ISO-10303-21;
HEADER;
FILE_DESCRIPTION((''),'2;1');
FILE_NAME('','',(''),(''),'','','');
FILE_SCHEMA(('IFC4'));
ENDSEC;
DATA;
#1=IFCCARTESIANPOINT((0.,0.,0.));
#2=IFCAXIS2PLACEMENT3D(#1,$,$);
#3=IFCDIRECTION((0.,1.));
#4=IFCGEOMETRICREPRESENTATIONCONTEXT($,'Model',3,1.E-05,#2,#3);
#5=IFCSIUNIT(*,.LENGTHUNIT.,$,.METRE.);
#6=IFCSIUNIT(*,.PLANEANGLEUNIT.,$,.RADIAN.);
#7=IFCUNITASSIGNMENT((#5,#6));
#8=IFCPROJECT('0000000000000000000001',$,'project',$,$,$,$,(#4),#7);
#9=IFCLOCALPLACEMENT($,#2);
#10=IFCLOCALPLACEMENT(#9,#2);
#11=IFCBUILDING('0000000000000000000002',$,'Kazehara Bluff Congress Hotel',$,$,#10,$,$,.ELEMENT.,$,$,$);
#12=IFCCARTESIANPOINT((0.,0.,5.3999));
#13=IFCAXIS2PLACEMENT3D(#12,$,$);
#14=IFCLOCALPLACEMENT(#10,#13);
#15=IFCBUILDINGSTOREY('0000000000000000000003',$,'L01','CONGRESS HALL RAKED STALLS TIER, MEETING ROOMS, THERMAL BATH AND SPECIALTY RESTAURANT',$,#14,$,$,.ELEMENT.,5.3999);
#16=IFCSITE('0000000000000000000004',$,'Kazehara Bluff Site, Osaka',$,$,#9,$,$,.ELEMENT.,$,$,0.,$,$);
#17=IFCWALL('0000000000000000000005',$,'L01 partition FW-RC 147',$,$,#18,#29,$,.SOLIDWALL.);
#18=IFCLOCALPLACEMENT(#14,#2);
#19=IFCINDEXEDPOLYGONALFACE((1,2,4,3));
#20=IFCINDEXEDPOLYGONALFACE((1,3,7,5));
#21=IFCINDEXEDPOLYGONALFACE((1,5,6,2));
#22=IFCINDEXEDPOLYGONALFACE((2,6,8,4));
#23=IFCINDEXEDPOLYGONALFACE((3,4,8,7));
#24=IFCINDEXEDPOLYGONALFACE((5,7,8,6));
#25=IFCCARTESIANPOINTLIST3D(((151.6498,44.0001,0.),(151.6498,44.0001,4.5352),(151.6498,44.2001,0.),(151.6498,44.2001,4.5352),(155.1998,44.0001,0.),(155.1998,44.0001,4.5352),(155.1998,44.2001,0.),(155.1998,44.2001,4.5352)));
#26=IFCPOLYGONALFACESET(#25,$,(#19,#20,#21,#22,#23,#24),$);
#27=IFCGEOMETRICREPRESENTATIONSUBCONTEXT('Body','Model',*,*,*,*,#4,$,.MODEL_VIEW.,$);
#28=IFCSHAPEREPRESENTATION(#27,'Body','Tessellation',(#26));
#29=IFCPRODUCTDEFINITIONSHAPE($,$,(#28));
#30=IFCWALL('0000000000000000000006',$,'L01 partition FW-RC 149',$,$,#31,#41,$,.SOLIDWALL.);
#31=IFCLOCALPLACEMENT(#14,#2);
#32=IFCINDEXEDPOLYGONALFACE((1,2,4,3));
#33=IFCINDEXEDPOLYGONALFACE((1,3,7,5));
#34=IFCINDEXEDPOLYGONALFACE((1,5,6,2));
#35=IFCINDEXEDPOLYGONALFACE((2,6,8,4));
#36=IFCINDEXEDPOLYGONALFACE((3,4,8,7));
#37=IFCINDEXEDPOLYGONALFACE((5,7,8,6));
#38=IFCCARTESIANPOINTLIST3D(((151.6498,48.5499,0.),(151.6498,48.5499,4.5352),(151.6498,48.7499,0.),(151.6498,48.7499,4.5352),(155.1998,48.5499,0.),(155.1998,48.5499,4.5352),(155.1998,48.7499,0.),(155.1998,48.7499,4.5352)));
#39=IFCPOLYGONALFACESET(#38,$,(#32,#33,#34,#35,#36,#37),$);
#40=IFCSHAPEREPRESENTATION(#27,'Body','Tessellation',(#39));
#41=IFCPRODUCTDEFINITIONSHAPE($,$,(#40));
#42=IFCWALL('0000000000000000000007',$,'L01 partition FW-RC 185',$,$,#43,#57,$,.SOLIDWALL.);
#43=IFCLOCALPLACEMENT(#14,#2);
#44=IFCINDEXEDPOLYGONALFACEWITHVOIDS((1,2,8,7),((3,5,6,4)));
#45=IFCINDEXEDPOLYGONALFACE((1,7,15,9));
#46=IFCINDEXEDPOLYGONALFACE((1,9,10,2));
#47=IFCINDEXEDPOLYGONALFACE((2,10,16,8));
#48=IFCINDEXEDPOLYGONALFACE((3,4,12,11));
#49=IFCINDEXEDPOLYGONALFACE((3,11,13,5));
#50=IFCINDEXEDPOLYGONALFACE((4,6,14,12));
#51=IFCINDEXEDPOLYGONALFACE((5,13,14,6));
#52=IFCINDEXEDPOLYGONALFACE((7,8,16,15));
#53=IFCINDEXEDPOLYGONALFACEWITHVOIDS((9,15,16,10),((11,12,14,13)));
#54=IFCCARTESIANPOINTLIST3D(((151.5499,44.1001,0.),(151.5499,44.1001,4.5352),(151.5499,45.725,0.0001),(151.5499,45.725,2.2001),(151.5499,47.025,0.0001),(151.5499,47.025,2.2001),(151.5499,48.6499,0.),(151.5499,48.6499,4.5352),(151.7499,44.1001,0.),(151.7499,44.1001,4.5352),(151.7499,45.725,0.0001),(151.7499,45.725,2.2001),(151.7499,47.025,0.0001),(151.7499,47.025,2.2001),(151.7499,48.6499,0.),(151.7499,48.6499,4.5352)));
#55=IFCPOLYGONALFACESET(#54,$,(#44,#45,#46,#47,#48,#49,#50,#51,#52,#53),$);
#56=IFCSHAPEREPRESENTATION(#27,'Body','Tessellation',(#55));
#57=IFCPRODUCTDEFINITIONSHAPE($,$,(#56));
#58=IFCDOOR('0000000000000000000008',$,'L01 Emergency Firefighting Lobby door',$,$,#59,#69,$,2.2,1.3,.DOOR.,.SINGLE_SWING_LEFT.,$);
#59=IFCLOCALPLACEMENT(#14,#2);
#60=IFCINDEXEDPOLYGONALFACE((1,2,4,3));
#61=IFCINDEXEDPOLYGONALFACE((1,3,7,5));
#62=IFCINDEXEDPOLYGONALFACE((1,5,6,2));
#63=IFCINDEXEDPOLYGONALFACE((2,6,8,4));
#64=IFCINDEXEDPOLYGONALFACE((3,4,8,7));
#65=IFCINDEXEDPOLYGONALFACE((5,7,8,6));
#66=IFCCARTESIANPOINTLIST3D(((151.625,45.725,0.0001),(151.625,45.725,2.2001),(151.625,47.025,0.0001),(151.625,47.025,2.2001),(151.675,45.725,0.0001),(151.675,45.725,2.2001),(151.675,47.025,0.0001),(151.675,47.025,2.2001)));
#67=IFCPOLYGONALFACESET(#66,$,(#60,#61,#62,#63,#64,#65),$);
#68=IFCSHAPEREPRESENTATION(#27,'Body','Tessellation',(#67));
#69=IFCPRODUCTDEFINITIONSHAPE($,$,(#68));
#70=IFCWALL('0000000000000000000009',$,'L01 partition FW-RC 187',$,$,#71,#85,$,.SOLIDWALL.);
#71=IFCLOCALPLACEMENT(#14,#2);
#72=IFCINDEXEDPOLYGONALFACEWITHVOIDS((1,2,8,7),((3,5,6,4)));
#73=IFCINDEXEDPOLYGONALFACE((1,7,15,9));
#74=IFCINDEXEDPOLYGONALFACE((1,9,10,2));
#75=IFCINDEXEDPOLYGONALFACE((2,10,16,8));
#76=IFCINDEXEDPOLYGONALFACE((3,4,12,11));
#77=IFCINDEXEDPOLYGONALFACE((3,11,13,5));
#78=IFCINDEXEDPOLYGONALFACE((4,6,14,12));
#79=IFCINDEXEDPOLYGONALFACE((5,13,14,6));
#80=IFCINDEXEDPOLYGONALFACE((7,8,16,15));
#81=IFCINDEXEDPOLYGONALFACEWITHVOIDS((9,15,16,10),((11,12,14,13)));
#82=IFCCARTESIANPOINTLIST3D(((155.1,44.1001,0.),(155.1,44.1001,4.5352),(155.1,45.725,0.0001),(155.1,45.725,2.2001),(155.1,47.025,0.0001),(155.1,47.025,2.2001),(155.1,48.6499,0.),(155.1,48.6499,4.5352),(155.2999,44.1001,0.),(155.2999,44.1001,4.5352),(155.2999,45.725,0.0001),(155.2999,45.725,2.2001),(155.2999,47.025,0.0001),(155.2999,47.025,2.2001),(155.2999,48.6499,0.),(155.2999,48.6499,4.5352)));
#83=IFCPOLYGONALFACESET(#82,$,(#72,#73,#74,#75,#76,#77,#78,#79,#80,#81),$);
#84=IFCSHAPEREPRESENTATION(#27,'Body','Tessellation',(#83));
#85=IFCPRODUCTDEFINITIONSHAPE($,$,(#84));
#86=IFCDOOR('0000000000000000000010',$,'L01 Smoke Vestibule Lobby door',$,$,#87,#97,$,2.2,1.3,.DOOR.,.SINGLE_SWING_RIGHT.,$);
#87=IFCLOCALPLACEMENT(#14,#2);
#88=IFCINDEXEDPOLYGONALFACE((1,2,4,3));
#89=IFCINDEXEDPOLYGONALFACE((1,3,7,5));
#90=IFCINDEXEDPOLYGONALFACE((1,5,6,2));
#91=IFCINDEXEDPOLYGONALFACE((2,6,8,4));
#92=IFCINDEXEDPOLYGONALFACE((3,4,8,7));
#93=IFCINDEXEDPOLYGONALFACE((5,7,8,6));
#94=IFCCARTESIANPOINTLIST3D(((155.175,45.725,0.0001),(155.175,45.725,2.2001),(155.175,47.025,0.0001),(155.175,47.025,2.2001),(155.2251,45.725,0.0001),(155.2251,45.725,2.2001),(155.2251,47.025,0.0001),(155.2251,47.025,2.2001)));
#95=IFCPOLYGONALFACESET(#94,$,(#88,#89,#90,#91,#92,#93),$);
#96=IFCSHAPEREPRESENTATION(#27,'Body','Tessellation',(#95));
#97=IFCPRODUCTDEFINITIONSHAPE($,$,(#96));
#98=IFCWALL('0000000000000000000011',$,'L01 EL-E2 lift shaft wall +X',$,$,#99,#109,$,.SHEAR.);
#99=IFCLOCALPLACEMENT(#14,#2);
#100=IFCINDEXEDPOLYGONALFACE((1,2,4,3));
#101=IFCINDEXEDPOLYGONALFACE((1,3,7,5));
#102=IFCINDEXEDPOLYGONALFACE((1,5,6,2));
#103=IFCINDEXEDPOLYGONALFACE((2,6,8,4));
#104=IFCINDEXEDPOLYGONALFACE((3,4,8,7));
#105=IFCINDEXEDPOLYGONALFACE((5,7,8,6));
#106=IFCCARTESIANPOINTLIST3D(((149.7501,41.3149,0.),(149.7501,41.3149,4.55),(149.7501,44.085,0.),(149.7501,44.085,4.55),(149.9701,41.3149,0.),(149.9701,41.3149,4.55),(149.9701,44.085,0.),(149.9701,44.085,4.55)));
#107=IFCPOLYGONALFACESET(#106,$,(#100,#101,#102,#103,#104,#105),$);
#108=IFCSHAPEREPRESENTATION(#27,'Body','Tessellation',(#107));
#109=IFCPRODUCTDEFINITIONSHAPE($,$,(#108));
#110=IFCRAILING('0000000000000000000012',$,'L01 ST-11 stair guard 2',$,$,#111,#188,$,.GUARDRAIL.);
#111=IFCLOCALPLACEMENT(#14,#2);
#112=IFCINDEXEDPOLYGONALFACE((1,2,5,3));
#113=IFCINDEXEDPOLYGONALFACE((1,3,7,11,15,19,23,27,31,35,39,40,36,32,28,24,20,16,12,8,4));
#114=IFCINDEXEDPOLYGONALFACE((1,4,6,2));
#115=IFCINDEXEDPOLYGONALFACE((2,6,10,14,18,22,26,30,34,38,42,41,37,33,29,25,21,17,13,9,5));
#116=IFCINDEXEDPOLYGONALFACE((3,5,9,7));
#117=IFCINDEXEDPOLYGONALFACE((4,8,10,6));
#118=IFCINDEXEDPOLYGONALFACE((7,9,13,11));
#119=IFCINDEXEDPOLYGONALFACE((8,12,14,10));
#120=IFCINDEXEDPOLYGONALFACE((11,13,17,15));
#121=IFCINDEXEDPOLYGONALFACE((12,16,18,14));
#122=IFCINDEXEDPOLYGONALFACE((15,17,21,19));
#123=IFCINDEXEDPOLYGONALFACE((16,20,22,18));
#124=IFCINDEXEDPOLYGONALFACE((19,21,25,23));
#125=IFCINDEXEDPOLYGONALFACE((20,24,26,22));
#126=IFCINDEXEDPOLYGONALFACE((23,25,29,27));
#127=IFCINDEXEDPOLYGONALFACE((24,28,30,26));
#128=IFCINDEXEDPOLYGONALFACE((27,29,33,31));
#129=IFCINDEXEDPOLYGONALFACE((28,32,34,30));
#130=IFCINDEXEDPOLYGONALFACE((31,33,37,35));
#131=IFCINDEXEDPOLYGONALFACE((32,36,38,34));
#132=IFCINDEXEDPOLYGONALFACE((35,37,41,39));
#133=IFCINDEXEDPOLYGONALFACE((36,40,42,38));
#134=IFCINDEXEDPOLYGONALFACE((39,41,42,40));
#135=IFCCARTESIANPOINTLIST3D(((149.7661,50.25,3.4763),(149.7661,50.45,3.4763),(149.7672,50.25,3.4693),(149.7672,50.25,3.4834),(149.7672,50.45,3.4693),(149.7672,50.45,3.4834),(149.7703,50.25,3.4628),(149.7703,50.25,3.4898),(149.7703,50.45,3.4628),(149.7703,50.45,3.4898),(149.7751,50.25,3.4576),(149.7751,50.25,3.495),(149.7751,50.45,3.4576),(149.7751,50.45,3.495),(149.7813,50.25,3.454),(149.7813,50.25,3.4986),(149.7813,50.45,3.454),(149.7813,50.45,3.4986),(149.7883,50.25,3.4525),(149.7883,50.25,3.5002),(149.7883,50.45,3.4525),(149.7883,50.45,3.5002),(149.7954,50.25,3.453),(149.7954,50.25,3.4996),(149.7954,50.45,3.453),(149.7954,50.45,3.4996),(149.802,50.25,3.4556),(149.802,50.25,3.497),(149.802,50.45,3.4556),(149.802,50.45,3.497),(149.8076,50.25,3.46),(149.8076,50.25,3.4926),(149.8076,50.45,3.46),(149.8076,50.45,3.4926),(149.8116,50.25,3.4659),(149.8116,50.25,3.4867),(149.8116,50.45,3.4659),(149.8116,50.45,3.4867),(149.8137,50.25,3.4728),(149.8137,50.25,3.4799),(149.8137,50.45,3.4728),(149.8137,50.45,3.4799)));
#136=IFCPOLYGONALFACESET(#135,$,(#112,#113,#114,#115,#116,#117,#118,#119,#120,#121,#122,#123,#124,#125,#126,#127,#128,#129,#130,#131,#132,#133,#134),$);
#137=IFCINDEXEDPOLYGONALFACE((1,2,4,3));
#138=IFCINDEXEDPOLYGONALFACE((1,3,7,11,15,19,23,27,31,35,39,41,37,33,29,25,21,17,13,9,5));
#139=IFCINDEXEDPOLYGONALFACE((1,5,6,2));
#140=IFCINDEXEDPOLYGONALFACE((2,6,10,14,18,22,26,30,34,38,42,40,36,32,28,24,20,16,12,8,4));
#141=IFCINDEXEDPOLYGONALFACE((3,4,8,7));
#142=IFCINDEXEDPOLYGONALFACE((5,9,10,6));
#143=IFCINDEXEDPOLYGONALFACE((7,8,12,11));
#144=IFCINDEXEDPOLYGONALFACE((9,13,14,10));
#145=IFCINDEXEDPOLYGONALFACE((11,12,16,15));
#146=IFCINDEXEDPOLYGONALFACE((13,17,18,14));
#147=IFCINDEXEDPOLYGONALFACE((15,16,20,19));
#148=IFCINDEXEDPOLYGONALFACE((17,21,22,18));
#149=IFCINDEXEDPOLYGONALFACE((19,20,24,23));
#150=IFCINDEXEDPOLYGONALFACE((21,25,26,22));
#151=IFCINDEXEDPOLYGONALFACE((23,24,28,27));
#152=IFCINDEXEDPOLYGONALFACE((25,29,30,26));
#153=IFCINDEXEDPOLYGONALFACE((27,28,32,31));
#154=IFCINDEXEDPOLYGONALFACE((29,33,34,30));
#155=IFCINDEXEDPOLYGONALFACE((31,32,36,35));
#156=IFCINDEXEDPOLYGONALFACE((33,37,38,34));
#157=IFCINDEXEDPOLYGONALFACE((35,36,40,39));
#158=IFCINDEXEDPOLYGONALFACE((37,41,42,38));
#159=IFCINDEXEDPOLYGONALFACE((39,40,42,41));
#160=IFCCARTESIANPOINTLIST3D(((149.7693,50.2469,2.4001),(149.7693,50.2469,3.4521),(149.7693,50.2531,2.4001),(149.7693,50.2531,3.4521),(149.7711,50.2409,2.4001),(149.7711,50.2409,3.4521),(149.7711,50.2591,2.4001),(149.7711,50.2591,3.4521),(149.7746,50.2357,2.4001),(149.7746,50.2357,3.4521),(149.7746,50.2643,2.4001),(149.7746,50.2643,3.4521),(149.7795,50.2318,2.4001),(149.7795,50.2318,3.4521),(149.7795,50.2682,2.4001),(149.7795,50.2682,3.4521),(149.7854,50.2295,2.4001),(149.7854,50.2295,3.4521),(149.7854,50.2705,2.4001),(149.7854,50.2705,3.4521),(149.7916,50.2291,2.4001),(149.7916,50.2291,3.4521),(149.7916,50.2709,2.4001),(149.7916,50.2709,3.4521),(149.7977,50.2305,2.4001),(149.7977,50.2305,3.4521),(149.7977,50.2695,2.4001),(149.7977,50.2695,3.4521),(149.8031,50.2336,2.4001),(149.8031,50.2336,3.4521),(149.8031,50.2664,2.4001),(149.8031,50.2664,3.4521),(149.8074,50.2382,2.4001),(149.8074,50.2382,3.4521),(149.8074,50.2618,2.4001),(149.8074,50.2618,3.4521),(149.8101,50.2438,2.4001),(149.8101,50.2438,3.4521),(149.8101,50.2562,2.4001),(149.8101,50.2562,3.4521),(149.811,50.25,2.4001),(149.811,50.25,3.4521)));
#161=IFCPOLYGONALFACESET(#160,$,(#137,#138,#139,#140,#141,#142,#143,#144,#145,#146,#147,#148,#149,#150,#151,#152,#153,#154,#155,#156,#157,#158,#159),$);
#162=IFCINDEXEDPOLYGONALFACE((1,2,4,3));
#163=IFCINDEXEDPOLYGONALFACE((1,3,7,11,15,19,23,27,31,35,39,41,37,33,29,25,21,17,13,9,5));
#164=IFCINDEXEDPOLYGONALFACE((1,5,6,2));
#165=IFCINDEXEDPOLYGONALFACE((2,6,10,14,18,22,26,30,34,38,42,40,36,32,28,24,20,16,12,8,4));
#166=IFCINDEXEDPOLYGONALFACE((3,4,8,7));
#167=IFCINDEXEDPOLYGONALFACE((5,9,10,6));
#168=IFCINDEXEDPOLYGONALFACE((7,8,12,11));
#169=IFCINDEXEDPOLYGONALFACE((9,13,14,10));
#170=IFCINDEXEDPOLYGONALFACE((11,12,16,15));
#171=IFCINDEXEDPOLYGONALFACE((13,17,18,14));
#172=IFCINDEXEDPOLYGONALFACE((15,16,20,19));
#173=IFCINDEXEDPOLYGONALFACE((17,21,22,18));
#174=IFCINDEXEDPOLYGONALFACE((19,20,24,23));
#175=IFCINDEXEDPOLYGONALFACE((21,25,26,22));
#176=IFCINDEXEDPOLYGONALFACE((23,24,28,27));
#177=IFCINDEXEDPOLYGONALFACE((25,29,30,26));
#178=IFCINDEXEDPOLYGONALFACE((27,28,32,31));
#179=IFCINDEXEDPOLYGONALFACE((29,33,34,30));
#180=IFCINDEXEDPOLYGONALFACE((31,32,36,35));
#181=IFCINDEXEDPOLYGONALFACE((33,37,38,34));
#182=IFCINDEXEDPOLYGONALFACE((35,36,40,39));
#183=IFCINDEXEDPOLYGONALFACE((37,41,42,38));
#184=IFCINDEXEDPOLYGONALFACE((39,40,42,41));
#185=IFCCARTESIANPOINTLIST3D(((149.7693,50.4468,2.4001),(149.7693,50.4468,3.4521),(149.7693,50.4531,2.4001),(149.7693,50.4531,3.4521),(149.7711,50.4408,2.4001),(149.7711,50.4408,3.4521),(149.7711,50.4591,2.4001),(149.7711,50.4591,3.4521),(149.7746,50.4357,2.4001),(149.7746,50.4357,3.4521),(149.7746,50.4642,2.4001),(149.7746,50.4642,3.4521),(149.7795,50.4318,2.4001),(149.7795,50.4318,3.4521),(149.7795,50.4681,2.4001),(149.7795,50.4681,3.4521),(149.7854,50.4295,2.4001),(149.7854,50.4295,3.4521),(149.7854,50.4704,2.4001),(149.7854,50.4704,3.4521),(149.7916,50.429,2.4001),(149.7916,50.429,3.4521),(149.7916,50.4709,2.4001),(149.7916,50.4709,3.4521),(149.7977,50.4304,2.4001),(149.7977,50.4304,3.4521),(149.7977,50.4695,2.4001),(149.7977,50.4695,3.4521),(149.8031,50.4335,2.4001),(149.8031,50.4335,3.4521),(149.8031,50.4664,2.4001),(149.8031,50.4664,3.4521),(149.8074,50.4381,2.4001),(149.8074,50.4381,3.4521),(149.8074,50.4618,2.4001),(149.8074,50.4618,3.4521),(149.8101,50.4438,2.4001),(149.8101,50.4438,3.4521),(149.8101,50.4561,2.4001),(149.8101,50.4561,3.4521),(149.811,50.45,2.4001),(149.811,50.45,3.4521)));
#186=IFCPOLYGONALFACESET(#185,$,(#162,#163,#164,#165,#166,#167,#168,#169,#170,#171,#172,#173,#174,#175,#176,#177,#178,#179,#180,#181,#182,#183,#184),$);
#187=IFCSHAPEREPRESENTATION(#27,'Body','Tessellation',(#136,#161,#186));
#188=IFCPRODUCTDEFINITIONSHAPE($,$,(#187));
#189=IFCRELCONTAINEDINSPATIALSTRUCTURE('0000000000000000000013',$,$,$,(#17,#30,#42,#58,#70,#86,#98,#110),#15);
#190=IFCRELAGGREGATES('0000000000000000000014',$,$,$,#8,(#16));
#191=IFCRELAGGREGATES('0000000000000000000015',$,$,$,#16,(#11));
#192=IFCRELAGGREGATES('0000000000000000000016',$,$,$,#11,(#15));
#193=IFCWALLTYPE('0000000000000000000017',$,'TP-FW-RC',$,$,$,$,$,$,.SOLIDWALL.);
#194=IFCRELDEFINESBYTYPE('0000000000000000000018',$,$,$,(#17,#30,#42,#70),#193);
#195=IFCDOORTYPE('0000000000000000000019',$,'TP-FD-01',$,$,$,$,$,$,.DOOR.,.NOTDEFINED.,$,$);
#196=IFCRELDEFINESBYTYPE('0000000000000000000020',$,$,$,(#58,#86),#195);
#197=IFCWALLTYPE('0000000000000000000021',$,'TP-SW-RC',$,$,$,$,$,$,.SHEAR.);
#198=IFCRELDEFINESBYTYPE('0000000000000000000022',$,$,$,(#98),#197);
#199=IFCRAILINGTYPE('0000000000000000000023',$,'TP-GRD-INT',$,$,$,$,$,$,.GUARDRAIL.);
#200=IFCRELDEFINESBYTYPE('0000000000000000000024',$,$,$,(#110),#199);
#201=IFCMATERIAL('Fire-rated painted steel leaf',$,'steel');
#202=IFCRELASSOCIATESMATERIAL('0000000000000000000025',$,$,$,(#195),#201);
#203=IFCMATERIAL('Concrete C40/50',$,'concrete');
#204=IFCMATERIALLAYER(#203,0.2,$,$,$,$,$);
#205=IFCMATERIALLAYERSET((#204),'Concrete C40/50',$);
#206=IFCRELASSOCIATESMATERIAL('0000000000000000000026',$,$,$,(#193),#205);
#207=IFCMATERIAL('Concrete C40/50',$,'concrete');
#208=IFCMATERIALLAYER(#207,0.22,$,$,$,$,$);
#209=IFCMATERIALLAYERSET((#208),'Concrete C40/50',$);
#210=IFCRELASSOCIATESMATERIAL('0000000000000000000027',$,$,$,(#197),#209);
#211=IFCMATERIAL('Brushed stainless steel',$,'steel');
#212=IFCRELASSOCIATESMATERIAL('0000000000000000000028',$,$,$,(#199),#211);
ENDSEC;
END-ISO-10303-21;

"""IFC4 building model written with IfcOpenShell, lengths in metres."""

from ifc_helpers import new_model, si_unit, direction, frame, frame_2d, origin, origin_2d, place, context, subcontext, project, spatial, rectangle, circle, extrude, material, layer, layer_set, type_object, element, fill, save


model = new_model("IFC4")

# Units and contexts
model_context = context("Model", 3, precision=1e-05, world=origin(), true_north=direction((0.0, 1.0)))
body_context = subcontext(model_context, "Body", "Model", "MODEL_VIEW")
ifc_project = project(units=[si_unit("LENGTHUNIT", "METRE"), si_unit("PLANEANGLEUNIT", "RADIAN")], contexts=[model_context])

# Site, building, storey
site_placement = place(None, origin())
site = spatial("IfcSite", under=ifc_project, at=site_placement, Name="Kazehara Bluff Site, Osaka", CompositionType="ELEMENT", RefElevation=0.0)
building_placement = place(site_placement, origin())
building = spatial("IfcBuilding", under=site, at=building_placement, Name="Kazehara Bluff Congress Hotel", CompositionType="ELEMENT")
storey_placement = place(building_placement, frame((0.0, 0.0, 5.3999)))
storey = spatial("IfcBuildingStorey", under=building, at=storey_placement, Name="L01", Description="CONGRESS HALL RAKED STALLS TIER, MEETING ROOMS, THERMAL BATH AND SPECIALTY RESTAURANT", CompositionType="ELEMENT", Elevation=5.3999)

# Shared definitions
ifc_material_1 = material(Name="Fire-rated painted steel leaf", Category="steel")
door_type = type_object("IfcDoorType", Name="TP-FD-01", OperationType="NOTDEFINED", PredefinedType="DOOR", material=ifc_material_1)

# Walls
ifc_material_2 = material(Name="Concrete C40/50", Category="concrete")
ifc_layer_1 = layer(ifc_material_2, 0.2)
ifc_layer_set_1 = layer_set([ifc_layer_1], Name="Concrete C40/50")
wall_type_1 = type_object("IfcWallType", Name="TP-FW-RC", PredefinedType="SOLIDWALL", material=ifc_layer_set_1)
for number, where, z_axis, x_axis, name in (
    (1, (151.6499, 44.1001, 0.0), (0.0, 0.0, 1.0), (1.0, 0.0, 0.0), "L01 partition FW-RC 147"),
    (2, (151.6499, 48.6499, 0.0), (0.0, 0.0, 1.0), (1.0, 0.0, 0.0), "L01 partition FW-RC 149"),
):
    element("IfcWall", number, at=place(storey_placement, frame(where, z_axis=z_axis, x_axis=x_axis)), inside=storey, type_object=wall_type_1, Name=name, PredefinedType="SOLIDWALL", context=body_context, shape_type="SweptSolid", body=[
        extrude(rectangle(XDim=3.55, YDim=0.2, at=frame_2d((1.7749, 0.0))), origin(), (0.0, 0.0, 1.0), 4.5352),
    ])

# Walls, openings, doors
wall_1_placement = place(storey_placement, frame((151.6499, 44.1001, 0.0), z_axis=(0.0, 0.0, 1.0), x_axis=(0.0, 1.0, 0.0)))
wall_1 = element("IfcWall", 3, at=wall_1_placement, inside=storey, type_object=wall_type_1, Name="L01 partition FW-RC 185", PredefinedType="SOLIDWALL", context=body_context, shape_type="SweptSolid", body=[
    extrude(rectangle(XDim=4.5498, YDim=0.2, at=frame_2d((2.2749, 0.0))), origin(), (0.0, 0.0, 1.0), 4.5352),
])
opening_1_placement = place(wall_1_placement, frame((1.625, 0.0, 0.0)))
opening_1 = element("IfcOpeningElement", 4, at=opening_1_placement, cuts=wall_1, PredefinedType="OPENING", context=body_context, shape_type="SweptSolid", body=[
    extrude(rectangle(XDim=1.3, YDim=2.2, at=frame_2d((0.6499, 1.1001))), frame((0.0, 0.1099, 0.0), z_axis=(0.0, -1.0, 0.0), x_axis=(1.0, 0.0, 0.0)), (0.0, 0.0, 1.0), 0.22),
])
door_1_placement = place(opening_1_placement, origin())
door_1 = element("IfcDoor", 5, at=door_1_placement, inside=storey, type_object=door_type, Name="L01 Emergency Firefighting Lobby door", OperationType="SINGLE_SWING_LEFT", OverallHeight=2.2, OverallWidth=1.3, PredefinedType="DOOR", context=body_context, shape_type="SweptSolid", body=[
    extrude(rectangle(XDim=1.3, YDim=2.2, at=frame_2d((0.6499, 1.1001))), frame((0.0, 0.0249, 0.0), z_axis=(0.0, -1.0, 0.0), x_axis=(1.0, 0.0, 0.0)), (0.0, 0.0, 1.0), 0.05),
])
fill(opening_1, door_1)
wall_2_placement = place(storey_placement, frame((155.2, 44.1001, 0.0), z_axis=(0.0, 0.0, 1.0), x_axis=(0.0, 1.0, 0.0)))
wall_2 = element("IfcWall", 6, at=wall_2_placement, inside=storey, type_object=wall_type_1, Name="L01 partition FW-RC 187", PredefinedType="SOLIDWALL", context=body_context, shape_type="SweptSolid", body=[
    extrude(rectangle(XDim=4.5498, YDim=0.2, at=frame_2d((2.2749, 0.0))), origin(), (0.0, 0.0, 1.0), 4.5352),
])
opening_2_placement = place(wall_2_placement, frame((1.625, 0.0, 0.0)))
opening_2 = element("IfcOpeningElement", 7, at=opening_2_placement, cuts=wall_2, PredefinedType="OPENING", context=body_context, shape_type="SweptSolid", body=[
    extrude(rectangle(XDim=1.3, YDim=2.2, at=frame_2d((0.6499, 1.1001))), frame((0.0, 0.1099, 0.0), z_axis=(0.0, -1.0, 0.0), x_axis=(1.0, 0.0, 0.0)), (0.0, 0.0, 1.0), 0.22),
])
door_2_placement = place(opening_2_placement, origin())
door_2 = element("IfcDoor", 8, at=door_2_placement, inside=storey, type_object=door_type, Name="L01 Smoke Vestibule Lobby door", OperationType="SINGLE_SWING_RIGHT", OverallHeight=2.2, OverallWidth=1.3, PredefinedType="DOOR", context=body_context, shape_type="SweptSolid", body=[
    extrude(rectangle(XDim=1.3, YDim=2.2, at=frame_2d((0.6499, 1.1001))), frame((0.0, 0.0249, 0.0), z_axis=(0.0, -1.0, 0.0), x_axis=(1.0, 0.0, 0.0)), (0.0, 0.0, 1.0), 0.05),
])
fill(opening_2, door_2)

# Wall
ifc_material_3 = material(Name="Concrete C40/50", Category="concrete")
ifc_layer_2 = layer(ifc_material_3, 0.22)
ifc_layer_set_2 = layer_set([ifc_layer_2], Name="Concrete C40/50")
wall_type_2 = type_object("IfcWallType", Name="TP-SW-RC", PredefinedType="SHEAR", material=ifc_layer_set_2)
wall_3_placement = place(storey_placement, frame((149.8601, 41.3149, 0.0), z_axis=(0.0, 0.0, 1.0), x_axis=(0.0, 1.0, 0.0)))
element("IfcWall", 9, at=wall_3_placement, inside=storey, type_object=wall_type_2, Name="L01 EL-E2 lift shaft wall +X", PredefinedType="SHEAR", context=body_context, shape_type="SweptSolid", body=[
    extrude(rectangle(XDim=2.77, YDim=0.22, at=frame_2d((1.385, 0.0))), origin(), (0.0, 0.0, 1.0), 4.55),
])

# Railing
ifc_material_4 = material(Name="Brushed stainless steel", Category="steel")
railing_type_1 = type_object("IfcRailingType", Name="TP-GRD-INT", PredefinedType="GUARDRAIL", material=ifc_material_4)
railing_1_placement = place(storey_placement, frame((149.79, 50.25, 2.4001)))
element("IfcRailing", 10, at=railing_1_placement, inside=storey, type_object=railing_type_1, Name="L01 ST-11 stair guard 2", PredefinedType="GUARDRAIL", context=body_context, shape_type="SweptSolid", body=[
    extrude(circle(Radius=0.0239, at=origin_2d()), frame((0.0, 0.0, 1.0762), z_axis=(0.0, 1.0, 0.0), x_axis=(-1.0, 0.0, 0.0)), (0.0, 0.0, 1.0), 0.2),
    extrude(circle(Radius=0.021, at=origin_2d()), origin(), (0.0, 0.0, 1.0), 1.052),
    extrude(circle(Radius=0.021, at=origin_2d()), frame((0.0, 0.2, 0.0)), (0.0, 0.0, 1.0), 1.052),
])

save(model, "model.ifc")
